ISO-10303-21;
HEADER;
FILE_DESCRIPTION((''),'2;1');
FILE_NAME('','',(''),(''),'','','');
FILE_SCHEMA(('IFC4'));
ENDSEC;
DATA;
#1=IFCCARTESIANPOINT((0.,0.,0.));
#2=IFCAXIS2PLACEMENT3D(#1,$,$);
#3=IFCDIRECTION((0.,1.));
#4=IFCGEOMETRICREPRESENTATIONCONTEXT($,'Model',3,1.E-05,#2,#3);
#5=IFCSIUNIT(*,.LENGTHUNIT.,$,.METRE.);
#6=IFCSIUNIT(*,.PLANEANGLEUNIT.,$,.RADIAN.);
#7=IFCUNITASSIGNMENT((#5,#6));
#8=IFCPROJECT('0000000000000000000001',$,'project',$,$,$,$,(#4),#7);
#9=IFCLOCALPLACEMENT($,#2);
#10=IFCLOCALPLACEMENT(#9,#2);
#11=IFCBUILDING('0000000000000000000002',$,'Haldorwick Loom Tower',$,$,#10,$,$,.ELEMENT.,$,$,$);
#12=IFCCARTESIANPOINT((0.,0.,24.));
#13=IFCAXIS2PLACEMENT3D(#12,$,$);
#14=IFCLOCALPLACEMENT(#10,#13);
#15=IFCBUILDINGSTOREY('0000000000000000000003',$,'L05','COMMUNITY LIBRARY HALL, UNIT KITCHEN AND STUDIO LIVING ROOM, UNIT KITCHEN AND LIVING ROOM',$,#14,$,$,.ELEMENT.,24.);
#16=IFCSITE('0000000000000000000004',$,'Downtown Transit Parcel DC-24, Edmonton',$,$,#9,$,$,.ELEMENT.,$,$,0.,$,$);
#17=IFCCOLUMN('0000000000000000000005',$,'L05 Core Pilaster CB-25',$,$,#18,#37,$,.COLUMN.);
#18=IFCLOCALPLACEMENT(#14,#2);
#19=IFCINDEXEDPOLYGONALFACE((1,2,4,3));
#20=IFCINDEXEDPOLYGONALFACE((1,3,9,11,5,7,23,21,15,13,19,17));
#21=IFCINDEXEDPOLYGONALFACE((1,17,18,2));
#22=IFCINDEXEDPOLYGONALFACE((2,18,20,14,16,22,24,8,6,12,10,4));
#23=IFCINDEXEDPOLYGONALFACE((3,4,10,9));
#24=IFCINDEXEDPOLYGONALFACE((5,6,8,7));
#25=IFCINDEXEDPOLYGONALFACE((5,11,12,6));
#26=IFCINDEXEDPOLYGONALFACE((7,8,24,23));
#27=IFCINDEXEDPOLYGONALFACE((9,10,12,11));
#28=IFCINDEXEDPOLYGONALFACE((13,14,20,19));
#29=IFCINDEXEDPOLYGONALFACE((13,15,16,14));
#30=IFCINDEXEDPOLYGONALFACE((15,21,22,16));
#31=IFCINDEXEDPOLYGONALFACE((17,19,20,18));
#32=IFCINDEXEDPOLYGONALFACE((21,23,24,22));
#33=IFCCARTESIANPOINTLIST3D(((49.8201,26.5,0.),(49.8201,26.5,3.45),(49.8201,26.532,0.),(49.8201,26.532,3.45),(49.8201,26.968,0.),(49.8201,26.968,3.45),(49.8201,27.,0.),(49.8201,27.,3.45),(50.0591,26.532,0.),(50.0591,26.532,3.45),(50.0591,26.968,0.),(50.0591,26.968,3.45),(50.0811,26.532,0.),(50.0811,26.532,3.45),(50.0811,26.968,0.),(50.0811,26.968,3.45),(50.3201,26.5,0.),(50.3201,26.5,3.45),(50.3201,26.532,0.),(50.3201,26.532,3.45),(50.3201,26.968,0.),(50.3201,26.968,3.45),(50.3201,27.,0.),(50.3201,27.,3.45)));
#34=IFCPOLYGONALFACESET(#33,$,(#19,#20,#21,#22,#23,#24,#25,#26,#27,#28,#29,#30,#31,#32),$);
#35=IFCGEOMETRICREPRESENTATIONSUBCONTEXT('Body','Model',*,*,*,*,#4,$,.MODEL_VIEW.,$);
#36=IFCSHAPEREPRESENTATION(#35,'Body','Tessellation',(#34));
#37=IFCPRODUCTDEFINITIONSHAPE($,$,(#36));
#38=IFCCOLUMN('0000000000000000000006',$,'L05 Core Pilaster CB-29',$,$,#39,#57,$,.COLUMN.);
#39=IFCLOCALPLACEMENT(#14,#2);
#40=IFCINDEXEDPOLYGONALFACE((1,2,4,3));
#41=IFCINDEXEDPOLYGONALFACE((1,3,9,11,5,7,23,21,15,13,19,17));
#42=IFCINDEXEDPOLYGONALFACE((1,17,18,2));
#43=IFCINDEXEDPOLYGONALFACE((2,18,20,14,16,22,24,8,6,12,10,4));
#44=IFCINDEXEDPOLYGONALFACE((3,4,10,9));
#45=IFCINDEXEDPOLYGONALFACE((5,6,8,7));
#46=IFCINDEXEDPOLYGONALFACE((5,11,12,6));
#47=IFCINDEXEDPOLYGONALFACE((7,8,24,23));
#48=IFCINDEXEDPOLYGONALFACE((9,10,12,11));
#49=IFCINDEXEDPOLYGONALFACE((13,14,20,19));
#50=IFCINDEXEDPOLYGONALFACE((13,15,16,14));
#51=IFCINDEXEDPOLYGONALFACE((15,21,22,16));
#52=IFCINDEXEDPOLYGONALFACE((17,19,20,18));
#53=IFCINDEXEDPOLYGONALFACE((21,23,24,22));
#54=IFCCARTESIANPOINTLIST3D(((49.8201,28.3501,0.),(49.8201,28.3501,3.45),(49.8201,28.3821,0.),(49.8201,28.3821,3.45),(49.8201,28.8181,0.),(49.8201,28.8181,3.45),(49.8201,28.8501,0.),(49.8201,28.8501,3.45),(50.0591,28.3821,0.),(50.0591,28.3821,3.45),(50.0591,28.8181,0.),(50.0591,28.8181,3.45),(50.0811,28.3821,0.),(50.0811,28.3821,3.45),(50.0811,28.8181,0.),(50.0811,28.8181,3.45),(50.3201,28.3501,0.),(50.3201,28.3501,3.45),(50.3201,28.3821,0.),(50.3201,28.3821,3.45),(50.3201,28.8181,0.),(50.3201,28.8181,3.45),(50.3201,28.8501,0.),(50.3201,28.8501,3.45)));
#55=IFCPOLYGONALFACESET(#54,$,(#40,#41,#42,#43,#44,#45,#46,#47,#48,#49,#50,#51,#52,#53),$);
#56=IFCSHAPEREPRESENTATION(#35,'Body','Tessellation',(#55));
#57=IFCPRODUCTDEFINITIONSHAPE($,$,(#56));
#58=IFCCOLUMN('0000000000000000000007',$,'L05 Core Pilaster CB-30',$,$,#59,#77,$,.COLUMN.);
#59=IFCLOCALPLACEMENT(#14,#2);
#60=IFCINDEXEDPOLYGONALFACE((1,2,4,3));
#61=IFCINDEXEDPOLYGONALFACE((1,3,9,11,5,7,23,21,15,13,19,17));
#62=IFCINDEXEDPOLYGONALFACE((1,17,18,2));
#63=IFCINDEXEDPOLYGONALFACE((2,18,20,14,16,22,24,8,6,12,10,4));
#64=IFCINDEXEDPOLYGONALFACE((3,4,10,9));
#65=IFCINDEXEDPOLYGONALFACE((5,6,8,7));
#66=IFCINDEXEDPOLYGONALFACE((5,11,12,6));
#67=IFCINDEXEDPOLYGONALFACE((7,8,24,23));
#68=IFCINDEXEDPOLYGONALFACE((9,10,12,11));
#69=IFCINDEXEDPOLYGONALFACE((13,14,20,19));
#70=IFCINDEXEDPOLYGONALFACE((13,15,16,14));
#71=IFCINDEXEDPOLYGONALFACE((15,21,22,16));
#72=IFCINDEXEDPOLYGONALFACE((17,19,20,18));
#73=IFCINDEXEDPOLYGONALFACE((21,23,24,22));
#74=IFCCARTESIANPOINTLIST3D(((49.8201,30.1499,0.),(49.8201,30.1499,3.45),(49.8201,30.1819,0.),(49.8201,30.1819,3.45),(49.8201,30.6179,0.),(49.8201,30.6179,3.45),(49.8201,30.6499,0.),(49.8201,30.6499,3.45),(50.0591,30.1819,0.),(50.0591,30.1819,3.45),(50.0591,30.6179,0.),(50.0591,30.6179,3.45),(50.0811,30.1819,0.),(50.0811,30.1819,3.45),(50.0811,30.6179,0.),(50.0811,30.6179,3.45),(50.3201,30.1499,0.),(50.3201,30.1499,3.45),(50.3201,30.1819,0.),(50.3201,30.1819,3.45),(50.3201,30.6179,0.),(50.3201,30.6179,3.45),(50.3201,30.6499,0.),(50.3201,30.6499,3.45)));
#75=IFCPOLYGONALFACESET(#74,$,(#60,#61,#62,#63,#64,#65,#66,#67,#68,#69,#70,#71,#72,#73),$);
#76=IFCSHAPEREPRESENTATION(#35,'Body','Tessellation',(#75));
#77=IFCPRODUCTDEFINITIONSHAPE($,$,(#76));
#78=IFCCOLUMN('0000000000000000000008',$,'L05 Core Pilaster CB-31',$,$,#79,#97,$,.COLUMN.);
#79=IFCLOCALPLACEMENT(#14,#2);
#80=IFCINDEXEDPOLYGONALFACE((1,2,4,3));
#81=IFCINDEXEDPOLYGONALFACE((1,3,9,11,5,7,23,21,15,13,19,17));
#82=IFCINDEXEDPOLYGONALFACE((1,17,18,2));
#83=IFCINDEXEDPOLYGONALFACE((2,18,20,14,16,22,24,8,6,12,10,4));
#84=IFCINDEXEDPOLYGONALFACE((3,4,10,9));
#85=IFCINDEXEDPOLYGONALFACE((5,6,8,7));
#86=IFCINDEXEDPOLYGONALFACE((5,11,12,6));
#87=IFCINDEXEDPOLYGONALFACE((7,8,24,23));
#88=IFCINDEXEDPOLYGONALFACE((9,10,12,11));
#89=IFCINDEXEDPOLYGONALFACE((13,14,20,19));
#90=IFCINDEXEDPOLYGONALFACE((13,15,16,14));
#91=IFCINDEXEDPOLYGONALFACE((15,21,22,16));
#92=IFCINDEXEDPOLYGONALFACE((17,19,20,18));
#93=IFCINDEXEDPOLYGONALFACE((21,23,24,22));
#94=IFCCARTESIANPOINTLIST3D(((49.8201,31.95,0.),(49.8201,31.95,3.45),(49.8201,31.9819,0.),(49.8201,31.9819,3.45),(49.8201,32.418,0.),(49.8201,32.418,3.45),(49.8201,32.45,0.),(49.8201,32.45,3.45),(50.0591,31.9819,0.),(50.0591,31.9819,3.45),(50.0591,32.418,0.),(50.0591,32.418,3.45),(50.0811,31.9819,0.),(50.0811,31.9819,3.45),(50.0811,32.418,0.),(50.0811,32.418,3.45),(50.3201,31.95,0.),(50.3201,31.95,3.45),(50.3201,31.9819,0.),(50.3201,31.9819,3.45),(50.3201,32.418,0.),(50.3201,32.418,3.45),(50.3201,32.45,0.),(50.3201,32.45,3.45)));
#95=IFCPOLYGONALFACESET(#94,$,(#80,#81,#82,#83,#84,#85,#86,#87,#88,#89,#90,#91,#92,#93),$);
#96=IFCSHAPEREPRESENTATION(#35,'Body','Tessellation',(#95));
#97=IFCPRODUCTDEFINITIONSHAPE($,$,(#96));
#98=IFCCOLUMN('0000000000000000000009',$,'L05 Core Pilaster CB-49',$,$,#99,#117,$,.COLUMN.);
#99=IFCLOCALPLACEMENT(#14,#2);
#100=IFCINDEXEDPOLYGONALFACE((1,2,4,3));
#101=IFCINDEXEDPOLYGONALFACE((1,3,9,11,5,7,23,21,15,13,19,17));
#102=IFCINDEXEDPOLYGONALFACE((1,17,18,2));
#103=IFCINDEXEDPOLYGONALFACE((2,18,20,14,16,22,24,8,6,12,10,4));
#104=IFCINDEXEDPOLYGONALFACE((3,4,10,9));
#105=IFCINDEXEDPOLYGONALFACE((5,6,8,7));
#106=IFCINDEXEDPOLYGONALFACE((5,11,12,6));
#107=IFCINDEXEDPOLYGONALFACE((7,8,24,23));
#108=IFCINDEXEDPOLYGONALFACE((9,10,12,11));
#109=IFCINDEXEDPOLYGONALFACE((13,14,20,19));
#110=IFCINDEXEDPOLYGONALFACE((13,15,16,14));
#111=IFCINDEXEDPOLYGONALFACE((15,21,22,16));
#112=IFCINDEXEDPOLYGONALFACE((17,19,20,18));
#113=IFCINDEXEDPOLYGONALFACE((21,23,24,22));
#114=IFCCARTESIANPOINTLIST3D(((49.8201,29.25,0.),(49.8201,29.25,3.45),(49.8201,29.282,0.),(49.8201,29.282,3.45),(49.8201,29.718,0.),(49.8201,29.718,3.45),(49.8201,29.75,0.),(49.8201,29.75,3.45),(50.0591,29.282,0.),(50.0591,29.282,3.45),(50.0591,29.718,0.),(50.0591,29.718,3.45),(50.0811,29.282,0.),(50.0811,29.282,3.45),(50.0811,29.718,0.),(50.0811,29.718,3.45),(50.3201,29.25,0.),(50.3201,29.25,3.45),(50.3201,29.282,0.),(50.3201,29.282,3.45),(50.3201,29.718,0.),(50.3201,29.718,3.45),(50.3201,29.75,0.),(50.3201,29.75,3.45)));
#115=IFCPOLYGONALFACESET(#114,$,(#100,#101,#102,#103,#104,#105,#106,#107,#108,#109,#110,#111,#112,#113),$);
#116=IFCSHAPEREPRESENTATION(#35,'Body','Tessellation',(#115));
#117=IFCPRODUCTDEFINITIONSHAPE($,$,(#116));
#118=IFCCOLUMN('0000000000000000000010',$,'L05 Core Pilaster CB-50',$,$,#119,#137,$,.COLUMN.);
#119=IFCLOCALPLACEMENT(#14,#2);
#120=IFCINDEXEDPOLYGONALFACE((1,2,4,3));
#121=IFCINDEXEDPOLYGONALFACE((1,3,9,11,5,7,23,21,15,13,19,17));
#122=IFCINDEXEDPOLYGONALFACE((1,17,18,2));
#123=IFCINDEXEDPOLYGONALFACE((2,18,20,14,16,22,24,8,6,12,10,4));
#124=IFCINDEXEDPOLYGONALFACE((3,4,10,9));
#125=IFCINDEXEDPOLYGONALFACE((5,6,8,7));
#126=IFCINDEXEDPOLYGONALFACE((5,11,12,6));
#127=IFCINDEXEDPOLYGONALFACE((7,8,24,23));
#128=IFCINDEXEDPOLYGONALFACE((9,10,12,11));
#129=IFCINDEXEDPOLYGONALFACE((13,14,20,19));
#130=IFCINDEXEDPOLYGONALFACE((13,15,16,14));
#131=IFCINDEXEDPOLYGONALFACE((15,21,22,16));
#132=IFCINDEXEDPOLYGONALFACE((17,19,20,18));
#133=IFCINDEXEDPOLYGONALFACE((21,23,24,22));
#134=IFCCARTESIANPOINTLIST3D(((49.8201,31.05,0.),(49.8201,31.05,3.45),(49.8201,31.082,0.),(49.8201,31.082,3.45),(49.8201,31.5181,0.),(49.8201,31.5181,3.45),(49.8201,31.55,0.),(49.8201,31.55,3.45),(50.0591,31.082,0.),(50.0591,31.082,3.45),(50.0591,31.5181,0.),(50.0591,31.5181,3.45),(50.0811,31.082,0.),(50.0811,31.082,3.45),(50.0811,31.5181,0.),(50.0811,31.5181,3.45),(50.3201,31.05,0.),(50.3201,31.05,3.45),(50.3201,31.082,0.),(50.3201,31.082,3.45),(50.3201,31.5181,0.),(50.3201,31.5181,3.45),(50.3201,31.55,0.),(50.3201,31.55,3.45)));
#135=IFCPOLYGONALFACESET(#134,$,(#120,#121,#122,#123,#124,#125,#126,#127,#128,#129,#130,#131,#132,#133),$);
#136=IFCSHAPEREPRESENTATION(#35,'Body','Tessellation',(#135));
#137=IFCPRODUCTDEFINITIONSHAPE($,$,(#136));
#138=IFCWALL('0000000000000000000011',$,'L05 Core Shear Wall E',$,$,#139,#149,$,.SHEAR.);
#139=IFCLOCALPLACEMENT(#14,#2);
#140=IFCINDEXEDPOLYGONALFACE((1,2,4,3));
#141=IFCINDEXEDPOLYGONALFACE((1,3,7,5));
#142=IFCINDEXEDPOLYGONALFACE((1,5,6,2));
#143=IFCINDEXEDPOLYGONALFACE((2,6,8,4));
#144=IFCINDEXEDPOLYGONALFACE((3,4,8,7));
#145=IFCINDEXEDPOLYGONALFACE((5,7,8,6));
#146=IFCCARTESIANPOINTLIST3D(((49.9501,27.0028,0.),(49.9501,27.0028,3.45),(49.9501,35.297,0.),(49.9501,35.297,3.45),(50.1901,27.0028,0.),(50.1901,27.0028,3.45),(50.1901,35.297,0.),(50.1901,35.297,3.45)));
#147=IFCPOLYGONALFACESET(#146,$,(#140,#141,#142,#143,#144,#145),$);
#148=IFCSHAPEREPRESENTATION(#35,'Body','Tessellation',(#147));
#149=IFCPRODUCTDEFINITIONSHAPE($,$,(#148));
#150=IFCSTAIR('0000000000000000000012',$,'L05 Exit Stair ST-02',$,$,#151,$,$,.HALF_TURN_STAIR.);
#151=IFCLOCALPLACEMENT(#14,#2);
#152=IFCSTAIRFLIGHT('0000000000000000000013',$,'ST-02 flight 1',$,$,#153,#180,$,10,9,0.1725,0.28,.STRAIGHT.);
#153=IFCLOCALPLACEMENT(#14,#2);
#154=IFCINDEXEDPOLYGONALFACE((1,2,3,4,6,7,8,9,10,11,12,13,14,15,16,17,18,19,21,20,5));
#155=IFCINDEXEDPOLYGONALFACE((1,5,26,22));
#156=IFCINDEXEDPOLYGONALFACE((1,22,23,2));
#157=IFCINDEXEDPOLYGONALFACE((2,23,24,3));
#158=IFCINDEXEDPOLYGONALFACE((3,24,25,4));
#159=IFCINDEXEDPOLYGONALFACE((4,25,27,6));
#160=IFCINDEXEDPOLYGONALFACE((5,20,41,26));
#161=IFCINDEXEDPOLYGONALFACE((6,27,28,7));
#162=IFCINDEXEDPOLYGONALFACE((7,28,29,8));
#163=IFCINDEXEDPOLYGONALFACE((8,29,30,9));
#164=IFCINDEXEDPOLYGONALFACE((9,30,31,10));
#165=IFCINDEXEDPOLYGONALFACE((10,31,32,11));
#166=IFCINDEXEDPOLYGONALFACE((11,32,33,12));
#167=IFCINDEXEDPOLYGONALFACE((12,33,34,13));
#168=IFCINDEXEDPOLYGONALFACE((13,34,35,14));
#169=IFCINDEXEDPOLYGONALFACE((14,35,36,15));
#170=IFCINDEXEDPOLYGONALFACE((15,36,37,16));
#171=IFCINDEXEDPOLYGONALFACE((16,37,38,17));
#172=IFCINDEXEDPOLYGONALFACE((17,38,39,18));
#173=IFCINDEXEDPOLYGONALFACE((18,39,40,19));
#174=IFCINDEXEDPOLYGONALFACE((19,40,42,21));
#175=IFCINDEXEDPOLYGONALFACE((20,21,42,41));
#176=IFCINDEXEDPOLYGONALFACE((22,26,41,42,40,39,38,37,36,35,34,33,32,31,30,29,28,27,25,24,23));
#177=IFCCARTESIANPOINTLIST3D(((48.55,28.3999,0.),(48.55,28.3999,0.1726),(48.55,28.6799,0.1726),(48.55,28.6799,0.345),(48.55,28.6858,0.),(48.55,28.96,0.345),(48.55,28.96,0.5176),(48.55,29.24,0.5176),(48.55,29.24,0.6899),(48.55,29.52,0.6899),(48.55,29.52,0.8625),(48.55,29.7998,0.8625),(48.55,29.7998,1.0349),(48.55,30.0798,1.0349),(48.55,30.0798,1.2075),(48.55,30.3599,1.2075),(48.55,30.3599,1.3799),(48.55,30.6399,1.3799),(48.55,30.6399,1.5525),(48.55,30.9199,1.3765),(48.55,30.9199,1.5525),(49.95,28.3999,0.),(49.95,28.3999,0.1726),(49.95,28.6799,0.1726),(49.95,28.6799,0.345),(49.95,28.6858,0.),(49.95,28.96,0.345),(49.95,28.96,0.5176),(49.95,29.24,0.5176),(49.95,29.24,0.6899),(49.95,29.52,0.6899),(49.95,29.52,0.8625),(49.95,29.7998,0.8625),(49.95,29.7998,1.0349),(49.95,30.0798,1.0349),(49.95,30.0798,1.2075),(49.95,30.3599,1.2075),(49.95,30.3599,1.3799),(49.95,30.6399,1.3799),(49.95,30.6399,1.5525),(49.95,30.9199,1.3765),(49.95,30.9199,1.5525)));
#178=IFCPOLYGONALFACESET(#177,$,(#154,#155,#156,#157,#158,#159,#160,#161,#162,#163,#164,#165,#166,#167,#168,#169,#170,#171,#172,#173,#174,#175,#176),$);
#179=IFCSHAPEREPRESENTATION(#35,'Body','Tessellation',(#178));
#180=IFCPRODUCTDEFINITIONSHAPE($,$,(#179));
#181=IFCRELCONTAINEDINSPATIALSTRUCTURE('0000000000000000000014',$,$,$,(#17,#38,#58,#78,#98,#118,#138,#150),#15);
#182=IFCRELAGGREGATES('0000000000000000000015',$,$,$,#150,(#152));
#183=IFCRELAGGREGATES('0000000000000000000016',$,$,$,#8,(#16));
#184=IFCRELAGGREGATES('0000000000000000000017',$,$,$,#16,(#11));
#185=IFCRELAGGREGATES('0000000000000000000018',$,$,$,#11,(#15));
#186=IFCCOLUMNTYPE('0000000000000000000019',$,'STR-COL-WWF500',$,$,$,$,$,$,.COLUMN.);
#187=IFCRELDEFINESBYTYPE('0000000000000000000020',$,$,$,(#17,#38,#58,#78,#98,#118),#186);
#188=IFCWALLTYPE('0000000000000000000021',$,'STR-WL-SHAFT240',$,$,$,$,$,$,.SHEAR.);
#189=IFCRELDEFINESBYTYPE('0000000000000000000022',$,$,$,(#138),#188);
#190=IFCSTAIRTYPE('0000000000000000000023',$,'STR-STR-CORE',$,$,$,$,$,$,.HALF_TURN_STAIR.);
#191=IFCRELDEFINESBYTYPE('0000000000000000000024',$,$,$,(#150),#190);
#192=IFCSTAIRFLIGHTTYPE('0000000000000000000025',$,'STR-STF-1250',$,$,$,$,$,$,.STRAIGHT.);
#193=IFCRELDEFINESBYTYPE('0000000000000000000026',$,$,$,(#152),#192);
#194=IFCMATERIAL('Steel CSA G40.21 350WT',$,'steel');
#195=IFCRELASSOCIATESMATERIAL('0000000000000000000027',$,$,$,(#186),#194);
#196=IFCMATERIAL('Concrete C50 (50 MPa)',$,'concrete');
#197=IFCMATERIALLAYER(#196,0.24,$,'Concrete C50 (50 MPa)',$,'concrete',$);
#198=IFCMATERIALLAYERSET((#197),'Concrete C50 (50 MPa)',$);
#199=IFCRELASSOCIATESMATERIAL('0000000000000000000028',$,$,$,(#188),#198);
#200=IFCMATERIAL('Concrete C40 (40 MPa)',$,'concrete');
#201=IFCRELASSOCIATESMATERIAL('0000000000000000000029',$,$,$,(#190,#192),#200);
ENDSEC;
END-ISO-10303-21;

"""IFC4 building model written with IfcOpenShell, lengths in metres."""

from ifc_helpers import new_model, si_unit, direction, frame, frame_2d, origin, origin_2d, place, context, subcontext, project, spatial, polyline, rectangle, i_section, outline, extrude, material, layer, layer_set, material_profile, profile_set, type_object, element, aggregate, save


model = new_model("IFC4")

# Units and contexts
model_context = context("Model", 3, precision=1e-05, world=origin(), true_north=direction((0.0, 1.0)))
body_context = subcontext(model_context, "Body", "Model", "MODEL_VIEW")
ifc_project = project(units=[si_unit("LENGTHUNIT", "METRE"), si_unit("PLANEANGLEUNIT", "RADIAN")], contexts=[model_context])

# Site, building, storey
site_placement = place(None, origin())
site = spatial("IfcSite", under=ifc_project, at=site_placement, Name="Downtown Transit Parcel DC-24, Edmonton", CompositionType="ELEMENT", RefElevation=0.0)
building_placement = place(site_placement, origin())
building = spatial("IfcBuilding", under=site, at=building_placement, Name="Haldorwick Loom Tower", CompositionType="ELEMENT")
storey_placement = place(building_placement, frame((0.0, 0.0, 24.0)))
storey = spatial("IfcBuildingStorey", under=building, at=storey_placement, Name="L05", Description="COMMUNITY LIBRARY HALL, UNIT KITCHEN AND STUDIO LIVING ROOM, UNIT KITCHEN AND LIVING ROOM", CompositionType="ELEMENT", Elevation=24.0)

# Columns
ifc_material_1 = material(Name="Steel CSA G40.21 350WT", Category="steel")
ifc_material_profile = material_profile(ifc_material_1, i_section(OverallWidth=0.5, OverallDepth=0.5, WebThickness=0.022, FlangeThickness=0.032, at=origin_2d()), Name="WWF500X500", Category="steel")
ifc_profile_set = profile_set([ifc_material_profile], Name="Steel CSA G40.21 350WT")
column_type = type_object("IfcColumnType", Name="STR-COL-WWF500", PredefinedType="COLUMN", material=ifc_profile_set)
for number, where, z_axis, x_axis, name in (
    (1, (50.0701, 26.75, 0.0), (0.0, 0.0, 1.0), (1.0, 0.0, 0.0), "L05 Core Pilaster CB-25"),
    (2, (50.0701, 28.6001, 0.0), (0.0, 0.0, 1.0), (1.0, 0.0, 0.0), "L05 Core Pilaster CB-29"),
    (3, (50.0701, 30.3999, 0.0), (0.0, 0.0, 1.0), (1.0, 0.0, 0.0), "L05 Core Pilaster CB-30"),
    (4, (50.0701, 32.2, 0.0), (0.0, 0.0, 1.0), (1.0, 0.0, 0.0), "L05 Core Pilaster CB-31"),
    (5, (50.0701, 29.5, 0.0), (0.0, 0.0, 1.0), (1.0, 0.0, 0.0), "L05 Core Pilaster CB-49"),
    (6, (50.0701, 31.3, 0.0), (0.0, 0.0, 1.0), (1.0, 0.0, 0.0), "L05 Core Pilaster CB-50"),
):
    element("IfcColumn", number, at=place(storey_placement, frame(where, z_axis=z_axis, x_axis=x_axis)), inside=storey, type_object=column_type, Name=name, PredefinedType="COLUMN", context=body_context, shape_type="SweptSolid", body=[
        extrude(i_section(OverallWidth=0.5, OverallDepth=0.5, WebThickness=0.022, FlangeThickness=0.032, at=origin_2d()), origin(), (0.0, 0.0, 1.0), 3.45),
    ])

# Wall
ifc_material_2 = material(Name="Concrete C50 (50 MPa)", Category="concrete")
ifc_layer = layer(ifc_material_2, 0.24, Name="Concrete C50 (50 MPa)", Category="concrete")
ifc_layer_set = layer_set([ifc_layer], Name="Concrete C50 (50 MPa)")
wall_type = type_object("IfcWallType", Name="STR-WL-SHAFT240", PredefinedType="SHEAR", material=ifc_layer_set)
wall_placement = place(storey_placement, frame((50.0701, 27.0029, 0.0), z_axis=(0.0, 0.0, 1.0), x_axis=(0.0, 1.0, 0.0)))
element("IfcWall", 7, at=wall_placement, inside=storey, type_object=wall_type, Name="L05 Core Shear Wall E", PredefinedType="SHEAR", context=body_context, shape_type="SweptSolid", body=[
    extrude(rectangle(XDim=8.2942, YDim=0.24, at=frame_2d((4.147, 0.0))), origin(), (0.0, 0.0, 1.0), 3.45),
])

# Stair, stair flight
ifc_material_3 = material(Name="Concrete C40 (40 MPa)", Category="concrete")
stair_type = type_object("IfcStairType", Name="STR-STR-CORE", PredefinedType="HALF_TURN_STAIR", material=ifc_material_3)
stair_placement = place(storey_placement, origin())
stair = element("IfcStair", 8, at=stair_placement, inside=storey, type_object=stair_type, Name="L05 Exit Stair ST-02", PredefinedType="HALF_TURN_STAIR")
stair_flight_type = type_object("IfcStairFlightType", Name="STR-STF-1250", PredefinedType="STRAIGHT", material=ifc_material_3)
stair_flight_1_placement = place(storey_placement, frame((49.25, 28.3999, 0.0), z_axis=(0.0, 0.0, 1.0), x_axis=(0.0, 1.0, 0.0)))
stair_flight_1 = element("IfcStairFlight", 9, at=stair_flight_1_placement, type_object=stair_flight_type, Name="ST-02 flight 1", NumberOfRisers=10, NumberOfTreads=9, PredefinedType="STRAIGHT", RiserHeight=0.1725, TreadLength=0.28, context=body_context, shape_type="SweptSolid", body=[
    extrude(outline(polyline([(0.0, 0.0), (0.0, 0.1726), (0.28, 0.1726), (0.28, 0.345), (0.5601, 0.345), (0.5601, 0.5176), (0.8401, 0.5176), (0.8401, 0.6899), (1.1201, 0.6899), (1.1201, 0.8625), (1.3999, 0.8625), (1.3999, 1.0349), (1.6799, 1.0349), (1.6799, 1.2075), (1.96, 1.2075), (1.96, 1.3799), (2.24, 1.3799), (2.24, 1.5525), (2.52, 1.5525), (2.52, 1.7251), (2.52, 1.3765), (0.2859, 0.0), (0.0, 0.0)])), frame((0.0, 0.7, 0.0), z_axis=(0.0, -1.0, 0.0), x_axis=(1.0, 0.0, 0.0)), (0.0, 0.0, 1.0), 1.3999),
])
aggregate(stair, [stair_flight_1])

save(model, "model.ifc")
